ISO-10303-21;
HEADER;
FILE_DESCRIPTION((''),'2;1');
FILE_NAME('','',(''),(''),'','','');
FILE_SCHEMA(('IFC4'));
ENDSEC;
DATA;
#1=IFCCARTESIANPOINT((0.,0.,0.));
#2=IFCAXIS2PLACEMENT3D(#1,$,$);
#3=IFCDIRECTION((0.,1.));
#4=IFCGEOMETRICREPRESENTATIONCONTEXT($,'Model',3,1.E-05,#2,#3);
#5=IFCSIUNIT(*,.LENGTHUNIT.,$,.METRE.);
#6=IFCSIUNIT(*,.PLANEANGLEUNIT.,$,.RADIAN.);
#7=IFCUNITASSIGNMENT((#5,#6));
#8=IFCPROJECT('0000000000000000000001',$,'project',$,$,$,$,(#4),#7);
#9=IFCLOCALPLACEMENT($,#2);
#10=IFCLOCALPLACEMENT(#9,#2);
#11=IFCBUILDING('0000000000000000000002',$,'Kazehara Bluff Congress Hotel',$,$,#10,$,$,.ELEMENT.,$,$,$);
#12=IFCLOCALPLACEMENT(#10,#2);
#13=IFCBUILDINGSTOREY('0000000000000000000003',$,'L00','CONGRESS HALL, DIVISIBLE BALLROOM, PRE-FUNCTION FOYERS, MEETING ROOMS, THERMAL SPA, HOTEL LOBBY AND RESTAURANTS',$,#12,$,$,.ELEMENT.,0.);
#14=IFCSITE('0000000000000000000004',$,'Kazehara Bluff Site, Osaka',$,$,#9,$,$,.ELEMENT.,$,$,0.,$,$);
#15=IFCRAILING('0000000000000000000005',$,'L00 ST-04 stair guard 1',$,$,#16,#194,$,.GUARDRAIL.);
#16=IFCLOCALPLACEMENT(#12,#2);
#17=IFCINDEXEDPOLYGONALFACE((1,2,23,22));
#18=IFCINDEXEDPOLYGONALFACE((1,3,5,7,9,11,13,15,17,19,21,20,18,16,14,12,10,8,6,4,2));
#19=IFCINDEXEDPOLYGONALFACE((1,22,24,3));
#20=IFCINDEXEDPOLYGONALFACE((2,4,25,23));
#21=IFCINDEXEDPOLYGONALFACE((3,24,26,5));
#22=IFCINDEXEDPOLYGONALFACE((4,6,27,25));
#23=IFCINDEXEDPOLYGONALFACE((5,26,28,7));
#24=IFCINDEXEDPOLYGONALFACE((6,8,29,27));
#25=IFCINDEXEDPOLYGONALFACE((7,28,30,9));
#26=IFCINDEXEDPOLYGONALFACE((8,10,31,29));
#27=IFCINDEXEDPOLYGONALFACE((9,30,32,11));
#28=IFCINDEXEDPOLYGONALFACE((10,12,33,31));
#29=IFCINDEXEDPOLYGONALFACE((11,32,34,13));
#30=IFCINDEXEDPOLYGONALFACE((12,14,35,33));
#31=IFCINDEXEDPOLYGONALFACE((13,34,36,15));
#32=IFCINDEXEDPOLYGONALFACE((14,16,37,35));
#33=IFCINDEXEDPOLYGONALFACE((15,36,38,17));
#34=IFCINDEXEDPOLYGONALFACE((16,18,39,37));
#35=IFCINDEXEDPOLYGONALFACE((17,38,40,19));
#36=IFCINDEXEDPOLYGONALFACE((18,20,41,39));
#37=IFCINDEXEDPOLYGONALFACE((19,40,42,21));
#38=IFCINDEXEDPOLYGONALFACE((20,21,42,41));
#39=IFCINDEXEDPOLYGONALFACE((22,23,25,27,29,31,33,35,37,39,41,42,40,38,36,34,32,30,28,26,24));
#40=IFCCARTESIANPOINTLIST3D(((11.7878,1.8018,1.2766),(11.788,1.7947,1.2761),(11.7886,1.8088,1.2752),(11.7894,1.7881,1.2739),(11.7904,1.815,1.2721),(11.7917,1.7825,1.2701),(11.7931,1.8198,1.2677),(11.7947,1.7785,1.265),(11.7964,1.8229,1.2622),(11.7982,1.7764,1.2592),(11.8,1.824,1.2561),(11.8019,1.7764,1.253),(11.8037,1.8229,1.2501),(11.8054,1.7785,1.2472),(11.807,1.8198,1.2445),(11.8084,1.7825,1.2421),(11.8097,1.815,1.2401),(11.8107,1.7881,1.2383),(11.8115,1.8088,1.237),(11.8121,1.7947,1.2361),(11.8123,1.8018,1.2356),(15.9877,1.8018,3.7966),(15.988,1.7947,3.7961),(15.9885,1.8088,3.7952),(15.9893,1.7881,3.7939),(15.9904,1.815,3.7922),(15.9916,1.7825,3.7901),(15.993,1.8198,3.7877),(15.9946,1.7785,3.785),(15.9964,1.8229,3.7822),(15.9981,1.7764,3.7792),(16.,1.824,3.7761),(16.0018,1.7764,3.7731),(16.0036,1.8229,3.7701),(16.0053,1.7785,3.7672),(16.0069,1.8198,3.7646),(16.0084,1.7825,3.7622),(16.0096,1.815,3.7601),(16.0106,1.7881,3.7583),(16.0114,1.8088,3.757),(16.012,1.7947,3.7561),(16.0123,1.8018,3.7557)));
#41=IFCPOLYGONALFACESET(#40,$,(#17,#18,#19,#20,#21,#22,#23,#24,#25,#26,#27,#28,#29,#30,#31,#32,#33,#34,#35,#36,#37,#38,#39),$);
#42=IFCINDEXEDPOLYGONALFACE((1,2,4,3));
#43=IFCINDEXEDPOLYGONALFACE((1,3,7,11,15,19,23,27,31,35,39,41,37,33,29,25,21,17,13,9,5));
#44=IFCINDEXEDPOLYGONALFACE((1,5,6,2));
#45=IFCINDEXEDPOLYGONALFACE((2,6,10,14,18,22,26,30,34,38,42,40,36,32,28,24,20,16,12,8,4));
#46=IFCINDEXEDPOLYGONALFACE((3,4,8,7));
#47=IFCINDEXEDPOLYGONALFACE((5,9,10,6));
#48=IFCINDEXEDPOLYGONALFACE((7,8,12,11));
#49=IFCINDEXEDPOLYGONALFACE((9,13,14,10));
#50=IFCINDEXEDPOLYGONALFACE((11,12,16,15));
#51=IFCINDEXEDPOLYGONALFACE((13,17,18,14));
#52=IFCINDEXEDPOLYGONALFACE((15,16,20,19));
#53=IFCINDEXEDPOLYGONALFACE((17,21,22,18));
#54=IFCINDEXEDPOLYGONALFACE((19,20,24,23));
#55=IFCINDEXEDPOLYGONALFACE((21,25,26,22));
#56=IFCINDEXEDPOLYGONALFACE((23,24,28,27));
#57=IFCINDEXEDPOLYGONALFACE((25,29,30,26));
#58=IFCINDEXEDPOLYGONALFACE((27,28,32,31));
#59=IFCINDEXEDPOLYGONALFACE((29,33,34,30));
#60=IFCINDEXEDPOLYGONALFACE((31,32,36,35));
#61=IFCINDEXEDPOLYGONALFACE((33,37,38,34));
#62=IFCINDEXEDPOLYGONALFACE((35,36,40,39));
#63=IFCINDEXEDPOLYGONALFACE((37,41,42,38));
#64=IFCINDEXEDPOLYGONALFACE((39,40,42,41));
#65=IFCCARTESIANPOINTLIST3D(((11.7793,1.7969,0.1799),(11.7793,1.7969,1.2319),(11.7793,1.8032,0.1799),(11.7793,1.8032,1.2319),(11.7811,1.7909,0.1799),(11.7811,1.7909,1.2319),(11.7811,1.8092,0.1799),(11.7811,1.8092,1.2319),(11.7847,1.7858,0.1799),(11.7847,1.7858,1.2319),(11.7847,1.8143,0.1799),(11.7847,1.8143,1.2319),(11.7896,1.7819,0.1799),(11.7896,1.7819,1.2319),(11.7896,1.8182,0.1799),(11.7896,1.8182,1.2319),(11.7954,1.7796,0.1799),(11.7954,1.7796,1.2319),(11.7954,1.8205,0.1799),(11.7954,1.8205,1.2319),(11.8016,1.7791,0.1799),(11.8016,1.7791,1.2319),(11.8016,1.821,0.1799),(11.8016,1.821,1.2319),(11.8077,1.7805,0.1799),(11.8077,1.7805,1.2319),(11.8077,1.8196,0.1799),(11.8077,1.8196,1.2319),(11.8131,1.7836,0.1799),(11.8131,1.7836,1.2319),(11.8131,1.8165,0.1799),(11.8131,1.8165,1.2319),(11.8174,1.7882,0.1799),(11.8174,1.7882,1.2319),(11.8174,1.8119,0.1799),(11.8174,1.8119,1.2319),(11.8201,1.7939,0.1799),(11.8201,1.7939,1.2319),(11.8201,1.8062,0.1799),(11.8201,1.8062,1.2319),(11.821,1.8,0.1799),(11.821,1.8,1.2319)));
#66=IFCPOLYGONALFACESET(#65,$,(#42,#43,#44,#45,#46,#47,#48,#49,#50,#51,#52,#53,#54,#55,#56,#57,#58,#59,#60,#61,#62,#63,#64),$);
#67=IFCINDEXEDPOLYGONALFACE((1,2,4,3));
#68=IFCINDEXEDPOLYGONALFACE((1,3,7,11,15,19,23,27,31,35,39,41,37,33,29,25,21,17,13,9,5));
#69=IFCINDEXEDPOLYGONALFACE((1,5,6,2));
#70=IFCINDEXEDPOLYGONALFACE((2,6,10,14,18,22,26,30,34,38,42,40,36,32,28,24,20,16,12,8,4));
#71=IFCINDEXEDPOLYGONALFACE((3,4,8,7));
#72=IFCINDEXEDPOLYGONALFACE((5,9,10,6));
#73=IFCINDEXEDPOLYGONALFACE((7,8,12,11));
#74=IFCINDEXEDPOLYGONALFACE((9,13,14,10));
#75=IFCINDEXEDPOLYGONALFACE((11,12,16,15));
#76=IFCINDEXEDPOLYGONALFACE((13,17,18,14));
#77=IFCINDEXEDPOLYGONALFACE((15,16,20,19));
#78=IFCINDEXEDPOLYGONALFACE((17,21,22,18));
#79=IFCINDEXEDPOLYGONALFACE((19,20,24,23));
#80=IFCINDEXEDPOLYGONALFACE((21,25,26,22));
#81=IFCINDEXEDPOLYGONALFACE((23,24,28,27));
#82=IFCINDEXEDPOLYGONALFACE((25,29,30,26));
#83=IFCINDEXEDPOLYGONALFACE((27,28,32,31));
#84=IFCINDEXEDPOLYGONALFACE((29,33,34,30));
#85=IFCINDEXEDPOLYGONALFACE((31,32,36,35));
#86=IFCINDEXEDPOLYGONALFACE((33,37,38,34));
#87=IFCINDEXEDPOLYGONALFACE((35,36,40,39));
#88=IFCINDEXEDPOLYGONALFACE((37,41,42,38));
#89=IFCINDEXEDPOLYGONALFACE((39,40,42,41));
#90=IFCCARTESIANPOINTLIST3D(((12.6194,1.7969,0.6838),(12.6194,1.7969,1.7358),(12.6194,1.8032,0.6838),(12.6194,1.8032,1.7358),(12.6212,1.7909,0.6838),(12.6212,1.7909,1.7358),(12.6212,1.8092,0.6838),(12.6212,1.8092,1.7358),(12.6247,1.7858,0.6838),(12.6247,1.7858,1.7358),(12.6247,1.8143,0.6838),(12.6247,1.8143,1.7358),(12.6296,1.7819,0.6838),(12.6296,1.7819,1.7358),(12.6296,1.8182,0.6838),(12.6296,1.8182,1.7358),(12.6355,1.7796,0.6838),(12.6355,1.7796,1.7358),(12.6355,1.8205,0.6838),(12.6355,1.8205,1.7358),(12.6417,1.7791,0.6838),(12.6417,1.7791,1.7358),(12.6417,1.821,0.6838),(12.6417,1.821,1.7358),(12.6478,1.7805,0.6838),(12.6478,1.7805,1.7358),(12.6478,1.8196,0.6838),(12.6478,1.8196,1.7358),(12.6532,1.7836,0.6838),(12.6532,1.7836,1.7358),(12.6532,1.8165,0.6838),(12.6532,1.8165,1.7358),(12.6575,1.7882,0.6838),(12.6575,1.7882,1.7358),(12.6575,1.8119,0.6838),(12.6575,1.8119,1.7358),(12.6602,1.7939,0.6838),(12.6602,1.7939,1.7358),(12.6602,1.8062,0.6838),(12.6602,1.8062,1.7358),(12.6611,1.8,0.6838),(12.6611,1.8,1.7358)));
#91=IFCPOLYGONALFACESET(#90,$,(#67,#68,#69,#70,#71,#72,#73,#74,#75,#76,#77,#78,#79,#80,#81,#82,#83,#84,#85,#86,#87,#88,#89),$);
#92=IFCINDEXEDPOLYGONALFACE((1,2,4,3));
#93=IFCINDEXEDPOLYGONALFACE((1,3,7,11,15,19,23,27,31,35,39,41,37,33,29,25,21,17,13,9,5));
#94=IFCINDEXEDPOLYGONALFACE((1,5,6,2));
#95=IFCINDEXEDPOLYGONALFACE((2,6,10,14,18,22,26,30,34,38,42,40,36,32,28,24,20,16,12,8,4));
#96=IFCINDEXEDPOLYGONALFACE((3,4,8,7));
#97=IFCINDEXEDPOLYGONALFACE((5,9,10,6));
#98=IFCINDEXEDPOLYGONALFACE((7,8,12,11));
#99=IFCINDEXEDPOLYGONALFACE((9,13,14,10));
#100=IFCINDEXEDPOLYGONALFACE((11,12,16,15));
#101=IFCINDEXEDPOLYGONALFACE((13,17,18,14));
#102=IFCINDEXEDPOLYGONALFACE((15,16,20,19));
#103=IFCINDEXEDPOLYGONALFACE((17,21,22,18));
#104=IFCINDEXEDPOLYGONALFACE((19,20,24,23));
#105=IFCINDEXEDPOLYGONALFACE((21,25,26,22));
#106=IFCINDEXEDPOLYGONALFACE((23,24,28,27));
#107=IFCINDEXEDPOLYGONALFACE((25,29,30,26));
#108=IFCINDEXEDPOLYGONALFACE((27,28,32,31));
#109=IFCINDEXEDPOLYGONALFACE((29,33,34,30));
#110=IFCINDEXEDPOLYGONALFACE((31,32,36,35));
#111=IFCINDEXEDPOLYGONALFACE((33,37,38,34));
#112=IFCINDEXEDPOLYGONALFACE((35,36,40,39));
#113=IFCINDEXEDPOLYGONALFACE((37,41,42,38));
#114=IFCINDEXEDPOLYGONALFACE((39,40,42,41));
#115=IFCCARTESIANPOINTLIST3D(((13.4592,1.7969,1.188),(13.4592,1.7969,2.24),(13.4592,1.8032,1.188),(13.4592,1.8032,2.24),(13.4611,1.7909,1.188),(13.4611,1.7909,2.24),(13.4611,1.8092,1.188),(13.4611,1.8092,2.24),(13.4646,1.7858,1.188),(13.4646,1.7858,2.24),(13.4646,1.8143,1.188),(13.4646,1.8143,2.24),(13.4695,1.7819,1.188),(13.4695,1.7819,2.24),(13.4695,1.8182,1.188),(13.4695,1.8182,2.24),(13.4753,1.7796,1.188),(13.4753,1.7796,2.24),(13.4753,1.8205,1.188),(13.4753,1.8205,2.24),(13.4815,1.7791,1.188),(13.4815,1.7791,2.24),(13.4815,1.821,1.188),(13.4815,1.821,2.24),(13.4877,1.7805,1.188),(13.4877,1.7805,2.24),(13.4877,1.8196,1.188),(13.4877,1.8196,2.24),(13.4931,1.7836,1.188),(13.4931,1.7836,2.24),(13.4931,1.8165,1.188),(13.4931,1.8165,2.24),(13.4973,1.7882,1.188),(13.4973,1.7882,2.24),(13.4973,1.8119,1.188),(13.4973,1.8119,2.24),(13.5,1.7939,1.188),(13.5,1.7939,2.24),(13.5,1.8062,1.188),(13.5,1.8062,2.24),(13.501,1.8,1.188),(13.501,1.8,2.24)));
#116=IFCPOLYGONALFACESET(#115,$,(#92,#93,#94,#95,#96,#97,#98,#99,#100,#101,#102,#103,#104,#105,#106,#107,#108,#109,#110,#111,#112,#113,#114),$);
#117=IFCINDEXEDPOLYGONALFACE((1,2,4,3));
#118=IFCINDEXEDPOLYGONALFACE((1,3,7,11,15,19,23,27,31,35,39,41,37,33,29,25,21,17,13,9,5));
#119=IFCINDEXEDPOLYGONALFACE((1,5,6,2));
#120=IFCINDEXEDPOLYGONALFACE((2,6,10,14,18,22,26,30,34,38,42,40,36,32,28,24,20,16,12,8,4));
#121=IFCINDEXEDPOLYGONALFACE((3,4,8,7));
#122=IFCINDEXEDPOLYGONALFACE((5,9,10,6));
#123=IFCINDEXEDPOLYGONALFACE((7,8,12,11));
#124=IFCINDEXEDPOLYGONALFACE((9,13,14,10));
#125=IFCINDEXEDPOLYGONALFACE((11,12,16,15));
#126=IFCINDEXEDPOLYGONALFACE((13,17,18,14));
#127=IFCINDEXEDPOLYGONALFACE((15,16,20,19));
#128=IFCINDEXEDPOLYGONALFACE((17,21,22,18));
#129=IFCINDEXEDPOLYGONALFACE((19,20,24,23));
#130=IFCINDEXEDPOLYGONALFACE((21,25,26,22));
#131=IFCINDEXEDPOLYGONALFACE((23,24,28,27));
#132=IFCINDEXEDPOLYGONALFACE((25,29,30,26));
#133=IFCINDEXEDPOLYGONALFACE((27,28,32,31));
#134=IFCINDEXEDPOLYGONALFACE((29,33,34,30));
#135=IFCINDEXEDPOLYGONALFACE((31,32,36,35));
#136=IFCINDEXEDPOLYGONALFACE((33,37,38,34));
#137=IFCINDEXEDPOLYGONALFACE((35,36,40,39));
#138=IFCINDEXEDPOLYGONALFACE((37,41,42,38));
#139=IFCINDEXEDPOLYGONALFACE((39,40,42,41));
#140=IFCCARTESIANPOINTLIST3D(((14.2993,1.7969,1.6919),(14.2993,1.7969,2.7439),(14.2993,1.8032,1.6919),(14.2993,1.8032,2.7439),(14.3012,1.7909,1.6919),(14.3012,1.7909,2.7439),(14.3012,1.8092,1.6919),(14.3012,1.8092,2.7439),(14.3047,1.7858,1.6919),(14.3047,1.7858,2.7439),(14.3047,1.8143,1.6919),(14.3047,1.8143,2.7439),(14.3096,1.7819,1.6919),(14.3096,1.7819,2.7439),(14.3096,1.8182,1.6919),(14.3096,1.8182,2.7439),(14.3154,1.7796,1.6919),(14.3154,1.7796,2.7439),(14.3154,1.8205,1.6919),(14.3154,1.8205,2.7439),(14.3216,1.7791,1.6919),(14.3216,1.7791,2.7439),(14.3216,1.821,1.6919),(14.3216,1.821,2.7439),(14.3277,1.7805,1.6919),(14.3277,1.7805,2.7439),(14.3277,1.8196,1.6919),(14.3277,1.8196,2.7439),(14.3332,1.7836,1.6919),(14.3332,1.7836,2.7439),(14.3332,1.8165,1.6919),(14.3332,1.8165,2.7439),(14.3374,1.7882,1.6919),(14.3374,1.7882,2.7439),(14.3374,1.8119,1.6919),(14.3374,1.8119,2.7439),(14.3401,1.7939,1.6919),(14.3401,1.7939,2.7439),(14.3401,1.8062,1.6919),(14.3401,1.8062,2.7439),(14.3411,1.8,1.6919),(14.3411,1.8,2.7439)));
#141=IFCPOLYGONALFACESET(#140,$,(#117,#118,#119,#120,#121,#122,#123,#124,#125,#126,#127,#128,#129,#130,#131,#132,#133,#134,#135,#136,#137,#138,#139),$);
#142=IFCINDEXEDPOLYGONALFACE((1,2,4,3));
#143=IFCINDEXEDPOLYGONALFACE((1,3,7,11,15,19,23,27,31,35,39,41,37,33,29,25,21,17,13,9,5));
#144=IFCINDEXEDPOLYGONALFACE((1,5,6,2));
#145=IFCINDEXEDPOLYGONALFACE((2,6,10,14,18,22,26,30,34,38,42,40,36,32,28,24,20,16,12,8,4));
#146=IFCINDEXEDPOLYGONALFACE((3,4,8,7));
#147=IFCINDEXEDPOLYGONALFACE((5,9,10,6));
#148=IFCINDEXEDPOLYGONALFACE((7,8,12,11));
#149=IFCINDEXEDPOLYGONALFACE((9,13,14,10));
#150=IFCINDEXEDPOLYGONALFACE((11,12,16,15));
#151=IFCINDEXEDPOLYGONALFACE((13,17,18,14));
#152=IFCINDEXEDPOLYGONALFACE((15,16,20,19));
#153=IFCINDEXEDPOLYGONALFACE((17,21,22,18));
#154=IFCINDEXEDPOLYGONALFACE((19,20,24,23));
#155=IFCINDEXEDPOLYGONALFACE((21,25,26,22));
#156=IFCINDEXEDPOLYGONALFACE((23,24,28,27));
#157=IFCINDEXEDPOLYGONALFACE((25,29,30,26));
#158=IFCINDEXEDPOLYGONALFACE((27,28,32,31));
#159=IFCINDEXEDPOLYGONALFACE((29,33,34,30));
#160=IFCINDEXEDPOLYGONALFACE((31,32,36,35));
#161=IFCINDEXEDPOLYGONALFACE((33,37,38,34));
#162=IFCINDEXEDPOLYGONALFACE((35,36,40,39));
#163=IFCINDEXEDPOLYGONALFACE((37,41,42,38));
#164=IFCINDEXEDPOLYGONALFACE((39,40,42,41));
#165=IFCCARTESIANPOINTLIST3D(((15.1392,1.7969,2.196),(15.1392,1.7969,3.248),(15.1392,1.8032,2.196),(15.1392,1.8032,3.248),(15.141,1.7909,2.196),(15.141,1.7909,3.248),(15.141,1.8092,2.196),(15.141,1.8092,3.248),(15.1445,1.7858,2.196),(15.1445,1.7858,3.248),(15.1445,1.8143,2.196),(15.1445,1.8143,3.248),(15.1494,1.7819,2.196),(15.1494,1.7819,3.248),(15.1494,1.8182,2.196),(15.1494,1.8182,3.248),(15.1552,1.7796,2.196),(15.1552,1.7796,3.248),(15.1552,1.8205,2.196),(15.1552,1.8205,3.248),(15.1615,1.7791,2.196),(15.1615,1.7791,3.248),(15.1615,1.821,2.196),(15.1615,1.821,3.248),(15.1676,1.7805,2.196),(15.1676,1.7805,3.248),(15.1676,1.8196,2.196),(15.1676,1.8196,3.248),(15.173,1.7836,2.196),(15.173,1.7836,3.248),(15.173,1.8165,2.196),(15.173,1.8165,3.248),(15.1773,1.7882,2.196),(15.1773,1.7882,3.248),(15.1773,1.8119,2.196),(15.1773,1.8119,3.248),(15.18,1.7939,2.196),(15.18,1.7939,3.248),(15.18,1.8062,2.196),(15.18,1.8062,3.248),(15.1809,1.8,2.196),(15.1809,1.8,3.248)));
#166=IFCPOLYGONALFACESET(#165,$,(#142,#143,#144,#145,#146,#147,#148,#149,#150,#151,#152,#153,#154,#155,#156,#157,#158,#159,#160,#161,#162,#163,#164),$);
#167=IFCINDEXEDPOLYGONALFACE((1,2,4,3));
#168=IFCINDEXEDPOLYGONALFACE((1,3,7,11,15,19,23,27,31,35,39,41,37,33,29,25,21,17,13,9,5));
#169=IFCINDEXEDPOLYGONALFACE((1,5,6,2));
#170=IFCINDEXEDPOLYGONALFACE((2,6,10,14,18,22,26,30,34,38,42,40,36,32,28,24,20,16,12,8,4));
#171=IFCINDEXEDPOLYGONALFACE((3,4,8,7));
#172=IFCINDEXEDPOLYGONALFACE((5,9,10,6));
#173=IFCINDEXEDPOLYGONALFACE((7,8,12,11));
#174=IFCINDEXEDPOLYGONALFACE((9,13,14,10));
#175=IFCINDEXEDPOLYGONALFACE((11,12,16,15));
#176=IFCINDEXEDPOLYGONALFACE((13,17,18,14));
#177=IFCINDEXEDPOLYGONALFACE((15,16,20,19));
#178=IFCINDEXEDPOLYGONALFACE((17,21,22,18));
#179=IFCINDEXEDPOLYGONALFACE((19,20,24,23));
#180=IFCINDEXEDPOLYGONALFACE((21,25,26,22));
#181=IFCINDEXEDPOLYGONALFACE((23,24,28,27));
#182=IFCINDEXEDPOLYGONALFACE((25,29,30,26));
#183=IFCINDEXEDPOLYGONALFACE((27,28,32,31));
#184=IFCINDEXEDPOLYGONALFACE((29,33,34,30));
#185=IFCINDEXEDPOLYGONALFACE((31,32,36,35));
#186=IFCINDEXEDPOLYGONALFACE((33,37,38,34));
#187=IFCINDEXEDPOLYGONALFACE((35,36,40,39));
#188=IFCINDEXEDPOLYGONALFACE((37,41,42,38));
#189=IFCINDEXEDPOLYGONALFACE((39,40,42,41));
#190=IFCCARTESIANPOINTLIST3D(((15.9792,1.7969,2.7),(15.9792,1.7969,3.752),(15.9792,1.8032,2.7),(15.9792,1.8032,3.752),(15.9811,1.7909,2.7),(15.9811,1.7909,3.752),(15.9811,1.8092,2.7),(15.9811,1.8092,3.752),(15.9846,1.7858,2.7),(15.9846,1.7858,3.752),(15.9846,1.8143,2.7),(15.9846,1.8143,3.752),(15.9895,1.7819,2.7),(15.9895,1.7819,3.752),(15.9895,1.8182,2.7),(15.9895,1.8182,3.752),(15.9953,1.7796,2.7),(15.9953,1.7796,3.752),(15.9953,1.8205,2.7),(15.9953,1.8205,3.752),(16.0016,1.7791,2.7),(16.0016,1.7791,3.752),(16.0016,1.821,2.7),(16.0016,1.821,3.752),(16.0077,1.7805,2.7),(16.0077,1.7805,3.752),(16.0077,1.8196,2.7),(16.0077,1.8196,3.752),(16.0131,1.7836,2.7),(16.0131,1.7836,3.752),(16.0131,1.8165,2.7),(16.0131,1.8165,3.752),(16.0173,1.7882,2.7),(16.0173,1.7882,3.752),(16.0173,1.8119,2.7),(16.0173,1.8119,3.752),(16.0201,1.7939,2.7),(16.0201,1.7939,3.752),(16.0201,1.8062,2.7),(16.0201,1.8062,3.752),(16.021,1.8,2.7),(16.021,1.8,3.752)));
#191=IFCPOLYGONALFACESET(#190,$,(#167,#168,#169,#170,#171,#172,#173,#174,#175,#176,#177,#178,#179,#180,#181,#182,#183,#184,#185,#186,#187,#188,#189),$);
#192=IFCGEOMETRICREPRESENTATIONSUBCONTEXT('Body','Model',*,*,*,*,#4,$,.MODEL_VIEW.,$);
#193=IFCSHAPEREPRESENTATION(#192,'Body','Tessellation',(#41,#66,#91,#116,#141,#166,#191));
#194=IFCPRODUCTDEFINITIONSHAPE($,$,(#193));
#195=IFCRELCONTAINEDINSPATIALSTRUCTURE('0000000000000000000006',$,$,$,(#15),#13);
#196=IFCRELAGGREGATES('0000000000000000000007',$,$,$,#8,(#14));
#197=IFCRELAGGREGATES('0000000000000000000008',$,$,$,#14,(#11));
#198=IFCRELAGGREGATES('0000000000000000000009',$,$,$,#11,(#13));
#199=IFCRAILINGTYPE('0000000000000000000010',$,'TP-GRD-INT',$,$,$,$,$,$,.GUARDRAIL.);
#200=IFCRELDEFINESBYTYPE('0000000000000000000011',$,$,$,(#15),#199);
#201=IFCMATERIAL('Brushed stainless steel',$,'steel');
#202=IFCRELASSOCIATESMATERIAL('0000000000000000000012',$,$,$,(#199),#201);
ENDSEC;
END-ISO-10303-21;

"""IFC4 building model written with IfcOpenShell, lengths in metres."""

from ifc_helpers import new_model, si_unit, direction, frame, origin, origin_2d, place, context, subcontext, project, spatial, circle, extrude, material, type_object, element, save


model = new_model("IFC4")

# Units and contexts
model_context = context("Model", 3, precision=1e-05, world=origin(), true_north=direction((0.0, 1.0)))
body_context = subcontext(model_context, "Body", "Model", "MODEL_VIEW")
ifc_project = project(units=[si_unit("LENGTHUNIT", "METRE"), si_unit("PLANEANGLEUNIT", "RADIAN")], contexts=[model_context])

# Site, building, storey
site_placement = place(None, origin())
site = spatial("IfcSite", under=ifc_project, at=site_placement, Name="Kazehara Bluff Site, Osaka", CompositionType="ELEMENT", RefElevation=0.0)
building_placement = place(site_placement, origin())
building = spatial("IfcBuilding", under=site, at=building_placement, Name="Kazehara Bluff Congress Hotel", CompositionType="ELEMENT")
storey_placement = place(building_placement, origin())
storey = spatial("IfcBuildingStorey", under=building, at=storey_placement, Name="L00", Description="CONGRESS HALL, DIVISIBLE BALLROOM, PRE-FUNCTION FOYERS, MEETING ROOMS, THERMAL SPA, HOTEL LOBBY AND RESTAURANTS", CompositionType="ELEMENT", Elevation=0.0)

# Railing
ifc_material_1 = material(Name="Brushed stainless steel", Category="steel")
railing_type_1 = type_object("IfcRailingType", Name="TP-GRD-INT", PredefinedType="GUARDRAIL", material=ifc_material_1)
railing_1_placement = place(storey_placement, frame((11.8, 1.8, 0.1799)))
element("IfcRailing", 1, at=railing_1_placement, inside=storey, type_object=railing_type_1, Name="L00 ST-04 stair guard 1", PredefinedType="GUARDRAIL", context=body_context, shape_type="SweptSolid", body=[
    extrude(circle(Radius=0.0239, at=origin_2d()), frame((0.0, 0.0, 1.0762), z_axis=(0.857489, 0.0, 0.514503), x_axis=(0.0, 1.0, 0.0)), (0.0, 0.0, 1.0), 4.8979),
    extrude(circle(Radius=0.021, at=origin_2d()), origin(), (0.0, 0.0, 1.0), 1.052),
    extrude(circle(Radius=0.021, at=origin_2d()), frame((0.8401, 0.0, 0.5039)), (0.0, 0.0, 1.0), 1.052),
    extrude(circle(Radius=0.021, at=origin_2d()), frame((1.6799, 0.0, 1.0081)), (0.0, 0.0, 1.0), 1.052),
    extrude(circle(Radius=0.021, at=origin_2d()), frame((2.52, 0.0, 1.512)), (0.0, 0.0, 1.0), 1.052),
    extrude(circle(Radius=0.021, at=origin_2d()), frame((3.3599, 0.0, 2.0161)), (0.0, 0.0, 1.0), 1.052),
    extrude(circle(Radius=0.021, at=origin_2d()), frame((4.2, 0.0, 2.52)), (0.0, 0.0, 1.0), 1.052),
])

save(model, "model.ifc")
